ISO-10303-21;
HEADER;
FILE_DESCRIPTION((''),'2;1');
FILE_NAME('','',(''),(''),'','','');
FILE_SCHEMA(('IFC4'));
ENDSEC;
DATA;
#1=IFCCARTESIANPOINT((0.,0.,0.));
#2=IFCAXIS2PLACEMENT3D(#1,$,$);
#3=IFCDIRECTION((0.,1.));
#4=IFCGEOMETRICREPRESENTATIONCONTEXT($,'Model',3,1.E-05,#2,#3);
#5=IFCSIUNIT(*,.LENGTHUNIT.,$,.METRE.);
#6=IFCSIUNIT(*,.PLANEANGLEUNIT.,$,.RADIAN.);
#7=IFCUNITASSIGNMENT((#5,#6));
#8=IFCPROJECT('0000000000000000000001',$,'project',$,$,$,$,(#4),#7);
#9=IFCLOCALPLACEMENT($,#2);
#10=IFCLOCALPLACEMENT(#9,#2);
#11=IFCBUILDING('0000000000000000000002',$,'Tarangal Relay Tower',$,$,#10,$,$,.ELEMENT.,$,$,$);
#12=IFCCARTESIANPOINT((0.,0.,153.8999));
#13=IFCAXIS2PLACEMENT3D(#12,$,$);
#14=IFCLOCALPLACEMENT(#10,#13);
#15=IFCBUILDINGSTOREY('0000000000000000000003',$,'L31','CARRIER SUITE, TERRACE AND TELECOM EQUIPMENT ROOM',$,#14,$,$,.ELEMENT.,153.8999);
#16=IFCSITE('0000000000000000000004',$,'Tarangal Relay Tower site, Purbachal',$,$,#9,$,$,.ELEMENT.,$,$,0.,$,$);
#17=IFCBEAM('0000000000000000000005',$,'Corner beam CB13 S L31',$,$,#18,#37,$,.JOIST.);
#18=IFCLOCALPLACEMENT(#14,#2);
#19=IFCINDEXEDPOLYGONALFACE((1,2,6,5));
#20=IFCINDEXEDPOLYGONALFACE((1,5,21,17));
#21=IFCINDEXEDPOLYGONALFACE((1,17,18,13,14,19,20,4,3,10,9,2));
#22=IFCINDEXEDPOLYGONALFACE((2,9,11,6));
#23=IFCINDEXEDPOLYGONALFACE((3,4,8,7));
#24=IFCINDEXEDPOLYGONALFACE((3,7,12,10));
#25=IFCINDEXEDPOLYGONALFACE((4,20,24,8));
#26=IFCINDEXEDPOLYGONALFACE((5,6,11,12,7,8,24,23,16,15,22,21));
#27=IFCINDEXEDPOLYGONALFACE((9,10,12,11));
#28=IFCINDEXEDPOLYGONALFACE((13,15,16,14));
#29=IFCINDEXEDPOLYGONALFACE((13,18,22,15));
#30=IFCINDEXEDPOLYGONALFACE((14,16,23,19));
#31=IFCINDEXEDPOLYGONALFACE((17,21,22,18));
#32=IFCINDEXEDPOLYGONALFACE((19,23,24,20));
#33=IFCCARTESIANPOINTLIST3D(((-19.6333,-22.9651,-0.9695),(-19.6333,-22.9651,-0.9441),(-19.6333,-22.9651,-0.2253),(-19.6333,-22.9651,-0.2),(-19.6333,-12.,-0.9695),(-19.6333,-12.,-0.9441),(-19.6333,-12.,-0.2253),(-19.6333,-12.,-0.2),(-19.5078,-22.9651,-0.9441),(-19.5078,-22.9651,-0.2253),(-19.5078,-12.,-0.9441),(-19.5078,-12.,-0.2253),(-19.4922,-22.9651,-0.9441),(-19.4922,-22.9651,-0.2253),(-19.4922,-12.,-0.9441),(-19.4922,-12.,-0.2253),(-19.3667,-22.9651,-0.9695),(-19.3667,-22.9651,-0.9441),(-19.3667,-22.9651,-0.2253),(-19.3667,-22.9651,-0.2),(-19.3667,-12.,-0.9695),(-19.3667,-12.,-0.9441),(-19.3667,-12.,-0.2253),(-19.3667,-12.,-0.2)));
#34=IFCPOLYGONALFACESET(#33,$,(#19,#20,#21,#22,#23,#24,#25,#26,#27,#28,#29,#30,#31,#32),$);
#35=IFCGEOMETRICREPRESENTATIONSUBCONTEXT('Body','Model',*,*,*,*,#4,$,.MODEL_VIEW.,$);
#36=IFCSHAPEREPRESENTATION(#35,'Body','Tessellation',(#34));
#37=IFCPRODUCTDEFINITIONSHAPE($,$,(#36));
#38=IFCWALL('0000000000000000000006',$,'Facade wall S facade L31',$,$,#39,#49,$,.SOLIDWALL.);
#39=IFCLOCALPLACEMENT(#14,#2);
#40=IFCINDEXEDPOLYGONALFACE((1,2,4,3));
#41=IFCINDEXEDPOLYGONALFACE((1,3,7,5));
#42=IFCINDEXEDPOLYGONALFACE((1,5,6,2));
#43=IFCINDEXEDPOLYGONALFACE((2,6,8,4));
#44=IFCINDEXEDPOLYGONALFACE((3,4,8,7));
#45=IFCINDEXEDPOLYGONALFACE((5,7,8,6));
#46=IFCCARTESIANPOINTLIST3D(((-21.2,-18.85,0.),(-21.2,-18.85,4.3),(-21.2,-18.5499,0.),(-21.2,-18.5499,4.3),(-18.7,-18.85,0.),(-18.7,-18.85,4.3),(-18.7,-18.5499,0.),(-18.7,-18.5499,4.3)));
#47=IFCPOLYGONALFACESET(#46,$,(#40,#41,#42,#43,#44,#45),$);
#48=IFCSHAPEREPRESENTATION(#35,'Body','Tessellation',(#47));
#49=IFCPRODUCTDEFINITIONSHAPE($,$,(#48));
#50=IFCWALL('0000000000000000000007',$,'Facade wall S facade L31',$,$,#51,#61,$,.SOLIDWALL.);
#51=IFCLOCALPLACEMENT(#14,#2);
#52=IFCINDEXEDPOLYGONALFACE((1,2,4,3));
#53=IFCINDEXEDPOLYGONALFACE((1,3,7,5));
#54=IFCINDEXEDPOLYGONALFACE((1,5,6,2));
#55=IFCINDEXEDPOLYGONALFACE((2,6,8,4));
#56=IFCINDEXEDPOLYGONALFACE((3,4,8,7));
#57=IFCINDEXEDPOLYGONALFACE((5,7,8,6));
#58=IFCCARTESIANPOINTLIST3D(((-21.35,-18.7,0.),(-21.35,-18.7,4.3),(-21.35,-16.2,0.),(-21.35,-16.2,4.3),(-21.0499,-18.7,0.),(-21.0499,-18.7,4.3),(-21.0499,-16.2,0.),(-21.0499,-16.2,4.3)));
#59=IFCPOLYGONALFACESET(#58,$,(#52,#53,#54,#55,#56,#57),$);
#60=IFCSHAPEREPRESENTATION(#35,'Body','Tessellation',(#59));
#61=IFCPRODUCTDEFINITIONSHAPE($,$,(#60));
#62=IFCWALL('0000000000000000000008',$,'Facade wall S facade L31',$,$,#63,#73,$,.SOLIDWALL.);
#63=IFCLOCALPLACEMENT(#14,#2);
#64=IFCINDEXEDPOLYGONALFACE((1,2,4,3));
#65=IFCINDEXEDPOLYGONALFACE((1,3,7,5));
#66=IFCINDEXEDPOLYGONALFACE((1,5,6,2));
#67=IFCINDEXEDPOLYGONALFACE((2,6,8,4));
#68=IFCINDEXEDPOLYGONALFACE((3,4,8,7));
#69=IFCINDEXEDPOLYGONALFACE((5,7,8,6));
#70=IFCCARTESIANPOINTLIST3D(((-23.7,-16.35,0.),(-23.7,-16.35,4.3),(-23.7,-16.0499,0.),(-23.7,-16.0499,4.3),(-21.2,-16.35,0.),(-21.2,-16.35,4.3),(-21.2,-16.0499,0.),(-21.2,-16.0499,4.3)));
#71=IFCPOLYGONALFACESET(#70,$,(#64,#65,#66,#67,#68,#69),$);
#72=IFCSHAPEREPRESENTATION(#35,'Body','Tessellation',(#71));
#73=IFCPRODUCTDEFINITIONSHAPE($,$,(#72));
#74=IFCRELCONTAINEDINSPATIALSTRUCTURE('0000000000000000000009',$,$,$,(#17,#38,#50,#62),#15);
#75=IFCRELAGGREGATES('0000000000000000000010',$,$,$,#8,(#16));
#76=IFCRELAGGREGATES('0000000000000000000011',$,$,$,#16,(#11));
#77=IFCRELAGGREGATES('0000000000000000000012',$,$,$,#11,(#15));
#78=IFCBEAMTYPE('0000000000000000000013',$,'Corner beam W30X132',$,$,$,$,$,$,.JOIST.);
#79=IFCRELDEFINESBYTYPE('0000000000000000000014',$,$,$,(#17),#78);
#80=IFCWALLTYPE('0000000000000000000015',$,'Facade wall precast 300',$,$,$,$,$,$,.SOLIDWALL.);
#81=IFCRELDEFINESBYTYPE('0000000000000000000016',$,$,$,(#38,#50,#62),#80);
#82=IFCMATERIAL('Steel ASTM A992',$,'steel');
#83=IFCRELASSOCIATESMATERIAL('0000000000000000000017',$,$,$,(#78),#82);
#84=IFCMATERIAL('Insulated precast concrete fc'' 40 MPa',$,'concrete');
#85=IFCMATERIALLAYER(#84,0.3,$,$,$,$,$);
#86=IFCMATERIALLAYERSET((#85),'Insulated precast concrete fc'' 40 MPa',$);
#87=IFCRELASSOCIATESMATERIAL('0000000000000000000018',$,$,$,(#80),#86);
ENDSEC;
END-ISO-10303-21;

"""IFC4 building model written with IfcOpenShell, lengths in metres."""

from ifc_helpers import new_model, si_unit, direction, frame, frame_2d, origin, origin_2d, place, context, subcontext, project, spatial, rectangle, i_section, extrude, material, layer, layer_set, material_profile, profile_set, type_object, element, save


model = new_model("IFC4")

# Units and contexts
model_context = context("Model", 3, precision=1e-05, world=origin(), true_north=direction((0.0, 1.0)))
body_context = subcontext(model_context, "Body", "Model", "MODEL_VIEW")
ifc_project = project(units=[si_unit("LENGTHUNIT", "METRE"), si_unit("PLANEANGLEUNIT", "RADIAN")], contexts=[model_context])

# Site, building, storey
site_placement = place(None, origin())
site = spatial("IfcSite", under=ifc_project, at=site_placement, Name="Tarangal Relay Tower site, Purbachal", CompositionType="ELEMENT", RefElevation=0.0)
building_placement = place(site_placement, origin())
building = spatial("IfcBuilding", under=site, at=building_placement, Name="Tarangal Relay Tower", CompositionType="ELEMENT")
storey_placement = place(building_placement, frame((0.0, 0.0, 153.8999)))
storey = spatial("IfcBuildingStorey", under=building, at=storey_placement, Name="L31", Description="CARRIER SUITE, TERRACE AND TELECOM EQUIPMENT ROOM", CompositionType="ELEMENT", Elevation=153.8999)

# Beam
ifc_material_1 = material(Name="Steel ASTM A992", Category="steel")
ifc_material_profile = material_profile(ifc_material_1, i_section(OverallWidth=0.2666, OverallDepth=0.7695, WebThickness=0.0156, FlangeThickness=0.0254, at=origin_2d()), Name="W30X132")
ifc_profile_set = profile_set([ifc_material_profile], Name="Steel ASTM A992")
beam_type = type_object("IfcBeamType", Name="Corner beam W30X132", PredefinedType="JOIST", material=ifc_profile_set)
beam_placement = place(storey_placement, frame((-19.5, -12.0, -0.5847), z_axis=(0.0, -1.0, 0.0), x_axis=(1.0, 0.0, 0.0)))
element("IfcBeam", 1, at=beam_placement, inside=storey, type_object=beam_type, Name="Corner beam CB13 S L31", PredefinedType="JOIST", context=body_context, shape_type="SweptSolid", body=[
    extrude(i_section(OverallWidth=0.2666, OverallDepth=0.7695, WebThickness=0.0156, FlangeThickness=0.0254, at=origin_2d()), origin(), (0.0, 0.0, 1.0), 10.9651),
])

# Walls
ifc_material_2 = material(Name="Insulated precast concrete fc' 40 MPa", Category="concrete")
ifc_layer_1 = layer(ifc_material_2, 0.3)
ifc_layer_set_1 = layer_set([ifc_layer_1], Name="Insulated precast concrete fc' 40 MPa")
wall_type_1 = type_object("IfcWallType", Name="Facade wall precast 300", PredefinedType="SOLIDWALL", material=ifc_layer_set_1)
for number, where, z_axis, x_axis, name in (
    (2, (-18.7, -18.7, 0.0), (0.0, 0.0, 1.0), (-1.0, 0.0, 0.0), "Facade wall S facade L31"),
    (3, (-21.2, -18.7, 0.0), (0.0, 0.0, 1.0), (0.0, 1.0, 0.0), "Facade wall S facade L31"),
    (4, (-21.2, -16.2, 0.0), (0.0, 0.0, 1.0), (-1.0, 0.0, 0.0), "Facade wall S facade L31"),
):
    element("IfcWall", number, at=place(storey_placement, frame(where, z_axis=z_axis, x_axis=x_axis)), inside=storey, type_object=wall_type_1, Name=name, PredefinedType="SOLIDWALL", context=body_context, shape_type="SweptSolid", body=[
        extrude(rectangle(XDim=2.5, YDim=0.3, at=frame_2d((1.25, 0.0))), origin(), (0.0, 0.0, 1.0), 4.3),
    ])

save(model, "model.ifc")
